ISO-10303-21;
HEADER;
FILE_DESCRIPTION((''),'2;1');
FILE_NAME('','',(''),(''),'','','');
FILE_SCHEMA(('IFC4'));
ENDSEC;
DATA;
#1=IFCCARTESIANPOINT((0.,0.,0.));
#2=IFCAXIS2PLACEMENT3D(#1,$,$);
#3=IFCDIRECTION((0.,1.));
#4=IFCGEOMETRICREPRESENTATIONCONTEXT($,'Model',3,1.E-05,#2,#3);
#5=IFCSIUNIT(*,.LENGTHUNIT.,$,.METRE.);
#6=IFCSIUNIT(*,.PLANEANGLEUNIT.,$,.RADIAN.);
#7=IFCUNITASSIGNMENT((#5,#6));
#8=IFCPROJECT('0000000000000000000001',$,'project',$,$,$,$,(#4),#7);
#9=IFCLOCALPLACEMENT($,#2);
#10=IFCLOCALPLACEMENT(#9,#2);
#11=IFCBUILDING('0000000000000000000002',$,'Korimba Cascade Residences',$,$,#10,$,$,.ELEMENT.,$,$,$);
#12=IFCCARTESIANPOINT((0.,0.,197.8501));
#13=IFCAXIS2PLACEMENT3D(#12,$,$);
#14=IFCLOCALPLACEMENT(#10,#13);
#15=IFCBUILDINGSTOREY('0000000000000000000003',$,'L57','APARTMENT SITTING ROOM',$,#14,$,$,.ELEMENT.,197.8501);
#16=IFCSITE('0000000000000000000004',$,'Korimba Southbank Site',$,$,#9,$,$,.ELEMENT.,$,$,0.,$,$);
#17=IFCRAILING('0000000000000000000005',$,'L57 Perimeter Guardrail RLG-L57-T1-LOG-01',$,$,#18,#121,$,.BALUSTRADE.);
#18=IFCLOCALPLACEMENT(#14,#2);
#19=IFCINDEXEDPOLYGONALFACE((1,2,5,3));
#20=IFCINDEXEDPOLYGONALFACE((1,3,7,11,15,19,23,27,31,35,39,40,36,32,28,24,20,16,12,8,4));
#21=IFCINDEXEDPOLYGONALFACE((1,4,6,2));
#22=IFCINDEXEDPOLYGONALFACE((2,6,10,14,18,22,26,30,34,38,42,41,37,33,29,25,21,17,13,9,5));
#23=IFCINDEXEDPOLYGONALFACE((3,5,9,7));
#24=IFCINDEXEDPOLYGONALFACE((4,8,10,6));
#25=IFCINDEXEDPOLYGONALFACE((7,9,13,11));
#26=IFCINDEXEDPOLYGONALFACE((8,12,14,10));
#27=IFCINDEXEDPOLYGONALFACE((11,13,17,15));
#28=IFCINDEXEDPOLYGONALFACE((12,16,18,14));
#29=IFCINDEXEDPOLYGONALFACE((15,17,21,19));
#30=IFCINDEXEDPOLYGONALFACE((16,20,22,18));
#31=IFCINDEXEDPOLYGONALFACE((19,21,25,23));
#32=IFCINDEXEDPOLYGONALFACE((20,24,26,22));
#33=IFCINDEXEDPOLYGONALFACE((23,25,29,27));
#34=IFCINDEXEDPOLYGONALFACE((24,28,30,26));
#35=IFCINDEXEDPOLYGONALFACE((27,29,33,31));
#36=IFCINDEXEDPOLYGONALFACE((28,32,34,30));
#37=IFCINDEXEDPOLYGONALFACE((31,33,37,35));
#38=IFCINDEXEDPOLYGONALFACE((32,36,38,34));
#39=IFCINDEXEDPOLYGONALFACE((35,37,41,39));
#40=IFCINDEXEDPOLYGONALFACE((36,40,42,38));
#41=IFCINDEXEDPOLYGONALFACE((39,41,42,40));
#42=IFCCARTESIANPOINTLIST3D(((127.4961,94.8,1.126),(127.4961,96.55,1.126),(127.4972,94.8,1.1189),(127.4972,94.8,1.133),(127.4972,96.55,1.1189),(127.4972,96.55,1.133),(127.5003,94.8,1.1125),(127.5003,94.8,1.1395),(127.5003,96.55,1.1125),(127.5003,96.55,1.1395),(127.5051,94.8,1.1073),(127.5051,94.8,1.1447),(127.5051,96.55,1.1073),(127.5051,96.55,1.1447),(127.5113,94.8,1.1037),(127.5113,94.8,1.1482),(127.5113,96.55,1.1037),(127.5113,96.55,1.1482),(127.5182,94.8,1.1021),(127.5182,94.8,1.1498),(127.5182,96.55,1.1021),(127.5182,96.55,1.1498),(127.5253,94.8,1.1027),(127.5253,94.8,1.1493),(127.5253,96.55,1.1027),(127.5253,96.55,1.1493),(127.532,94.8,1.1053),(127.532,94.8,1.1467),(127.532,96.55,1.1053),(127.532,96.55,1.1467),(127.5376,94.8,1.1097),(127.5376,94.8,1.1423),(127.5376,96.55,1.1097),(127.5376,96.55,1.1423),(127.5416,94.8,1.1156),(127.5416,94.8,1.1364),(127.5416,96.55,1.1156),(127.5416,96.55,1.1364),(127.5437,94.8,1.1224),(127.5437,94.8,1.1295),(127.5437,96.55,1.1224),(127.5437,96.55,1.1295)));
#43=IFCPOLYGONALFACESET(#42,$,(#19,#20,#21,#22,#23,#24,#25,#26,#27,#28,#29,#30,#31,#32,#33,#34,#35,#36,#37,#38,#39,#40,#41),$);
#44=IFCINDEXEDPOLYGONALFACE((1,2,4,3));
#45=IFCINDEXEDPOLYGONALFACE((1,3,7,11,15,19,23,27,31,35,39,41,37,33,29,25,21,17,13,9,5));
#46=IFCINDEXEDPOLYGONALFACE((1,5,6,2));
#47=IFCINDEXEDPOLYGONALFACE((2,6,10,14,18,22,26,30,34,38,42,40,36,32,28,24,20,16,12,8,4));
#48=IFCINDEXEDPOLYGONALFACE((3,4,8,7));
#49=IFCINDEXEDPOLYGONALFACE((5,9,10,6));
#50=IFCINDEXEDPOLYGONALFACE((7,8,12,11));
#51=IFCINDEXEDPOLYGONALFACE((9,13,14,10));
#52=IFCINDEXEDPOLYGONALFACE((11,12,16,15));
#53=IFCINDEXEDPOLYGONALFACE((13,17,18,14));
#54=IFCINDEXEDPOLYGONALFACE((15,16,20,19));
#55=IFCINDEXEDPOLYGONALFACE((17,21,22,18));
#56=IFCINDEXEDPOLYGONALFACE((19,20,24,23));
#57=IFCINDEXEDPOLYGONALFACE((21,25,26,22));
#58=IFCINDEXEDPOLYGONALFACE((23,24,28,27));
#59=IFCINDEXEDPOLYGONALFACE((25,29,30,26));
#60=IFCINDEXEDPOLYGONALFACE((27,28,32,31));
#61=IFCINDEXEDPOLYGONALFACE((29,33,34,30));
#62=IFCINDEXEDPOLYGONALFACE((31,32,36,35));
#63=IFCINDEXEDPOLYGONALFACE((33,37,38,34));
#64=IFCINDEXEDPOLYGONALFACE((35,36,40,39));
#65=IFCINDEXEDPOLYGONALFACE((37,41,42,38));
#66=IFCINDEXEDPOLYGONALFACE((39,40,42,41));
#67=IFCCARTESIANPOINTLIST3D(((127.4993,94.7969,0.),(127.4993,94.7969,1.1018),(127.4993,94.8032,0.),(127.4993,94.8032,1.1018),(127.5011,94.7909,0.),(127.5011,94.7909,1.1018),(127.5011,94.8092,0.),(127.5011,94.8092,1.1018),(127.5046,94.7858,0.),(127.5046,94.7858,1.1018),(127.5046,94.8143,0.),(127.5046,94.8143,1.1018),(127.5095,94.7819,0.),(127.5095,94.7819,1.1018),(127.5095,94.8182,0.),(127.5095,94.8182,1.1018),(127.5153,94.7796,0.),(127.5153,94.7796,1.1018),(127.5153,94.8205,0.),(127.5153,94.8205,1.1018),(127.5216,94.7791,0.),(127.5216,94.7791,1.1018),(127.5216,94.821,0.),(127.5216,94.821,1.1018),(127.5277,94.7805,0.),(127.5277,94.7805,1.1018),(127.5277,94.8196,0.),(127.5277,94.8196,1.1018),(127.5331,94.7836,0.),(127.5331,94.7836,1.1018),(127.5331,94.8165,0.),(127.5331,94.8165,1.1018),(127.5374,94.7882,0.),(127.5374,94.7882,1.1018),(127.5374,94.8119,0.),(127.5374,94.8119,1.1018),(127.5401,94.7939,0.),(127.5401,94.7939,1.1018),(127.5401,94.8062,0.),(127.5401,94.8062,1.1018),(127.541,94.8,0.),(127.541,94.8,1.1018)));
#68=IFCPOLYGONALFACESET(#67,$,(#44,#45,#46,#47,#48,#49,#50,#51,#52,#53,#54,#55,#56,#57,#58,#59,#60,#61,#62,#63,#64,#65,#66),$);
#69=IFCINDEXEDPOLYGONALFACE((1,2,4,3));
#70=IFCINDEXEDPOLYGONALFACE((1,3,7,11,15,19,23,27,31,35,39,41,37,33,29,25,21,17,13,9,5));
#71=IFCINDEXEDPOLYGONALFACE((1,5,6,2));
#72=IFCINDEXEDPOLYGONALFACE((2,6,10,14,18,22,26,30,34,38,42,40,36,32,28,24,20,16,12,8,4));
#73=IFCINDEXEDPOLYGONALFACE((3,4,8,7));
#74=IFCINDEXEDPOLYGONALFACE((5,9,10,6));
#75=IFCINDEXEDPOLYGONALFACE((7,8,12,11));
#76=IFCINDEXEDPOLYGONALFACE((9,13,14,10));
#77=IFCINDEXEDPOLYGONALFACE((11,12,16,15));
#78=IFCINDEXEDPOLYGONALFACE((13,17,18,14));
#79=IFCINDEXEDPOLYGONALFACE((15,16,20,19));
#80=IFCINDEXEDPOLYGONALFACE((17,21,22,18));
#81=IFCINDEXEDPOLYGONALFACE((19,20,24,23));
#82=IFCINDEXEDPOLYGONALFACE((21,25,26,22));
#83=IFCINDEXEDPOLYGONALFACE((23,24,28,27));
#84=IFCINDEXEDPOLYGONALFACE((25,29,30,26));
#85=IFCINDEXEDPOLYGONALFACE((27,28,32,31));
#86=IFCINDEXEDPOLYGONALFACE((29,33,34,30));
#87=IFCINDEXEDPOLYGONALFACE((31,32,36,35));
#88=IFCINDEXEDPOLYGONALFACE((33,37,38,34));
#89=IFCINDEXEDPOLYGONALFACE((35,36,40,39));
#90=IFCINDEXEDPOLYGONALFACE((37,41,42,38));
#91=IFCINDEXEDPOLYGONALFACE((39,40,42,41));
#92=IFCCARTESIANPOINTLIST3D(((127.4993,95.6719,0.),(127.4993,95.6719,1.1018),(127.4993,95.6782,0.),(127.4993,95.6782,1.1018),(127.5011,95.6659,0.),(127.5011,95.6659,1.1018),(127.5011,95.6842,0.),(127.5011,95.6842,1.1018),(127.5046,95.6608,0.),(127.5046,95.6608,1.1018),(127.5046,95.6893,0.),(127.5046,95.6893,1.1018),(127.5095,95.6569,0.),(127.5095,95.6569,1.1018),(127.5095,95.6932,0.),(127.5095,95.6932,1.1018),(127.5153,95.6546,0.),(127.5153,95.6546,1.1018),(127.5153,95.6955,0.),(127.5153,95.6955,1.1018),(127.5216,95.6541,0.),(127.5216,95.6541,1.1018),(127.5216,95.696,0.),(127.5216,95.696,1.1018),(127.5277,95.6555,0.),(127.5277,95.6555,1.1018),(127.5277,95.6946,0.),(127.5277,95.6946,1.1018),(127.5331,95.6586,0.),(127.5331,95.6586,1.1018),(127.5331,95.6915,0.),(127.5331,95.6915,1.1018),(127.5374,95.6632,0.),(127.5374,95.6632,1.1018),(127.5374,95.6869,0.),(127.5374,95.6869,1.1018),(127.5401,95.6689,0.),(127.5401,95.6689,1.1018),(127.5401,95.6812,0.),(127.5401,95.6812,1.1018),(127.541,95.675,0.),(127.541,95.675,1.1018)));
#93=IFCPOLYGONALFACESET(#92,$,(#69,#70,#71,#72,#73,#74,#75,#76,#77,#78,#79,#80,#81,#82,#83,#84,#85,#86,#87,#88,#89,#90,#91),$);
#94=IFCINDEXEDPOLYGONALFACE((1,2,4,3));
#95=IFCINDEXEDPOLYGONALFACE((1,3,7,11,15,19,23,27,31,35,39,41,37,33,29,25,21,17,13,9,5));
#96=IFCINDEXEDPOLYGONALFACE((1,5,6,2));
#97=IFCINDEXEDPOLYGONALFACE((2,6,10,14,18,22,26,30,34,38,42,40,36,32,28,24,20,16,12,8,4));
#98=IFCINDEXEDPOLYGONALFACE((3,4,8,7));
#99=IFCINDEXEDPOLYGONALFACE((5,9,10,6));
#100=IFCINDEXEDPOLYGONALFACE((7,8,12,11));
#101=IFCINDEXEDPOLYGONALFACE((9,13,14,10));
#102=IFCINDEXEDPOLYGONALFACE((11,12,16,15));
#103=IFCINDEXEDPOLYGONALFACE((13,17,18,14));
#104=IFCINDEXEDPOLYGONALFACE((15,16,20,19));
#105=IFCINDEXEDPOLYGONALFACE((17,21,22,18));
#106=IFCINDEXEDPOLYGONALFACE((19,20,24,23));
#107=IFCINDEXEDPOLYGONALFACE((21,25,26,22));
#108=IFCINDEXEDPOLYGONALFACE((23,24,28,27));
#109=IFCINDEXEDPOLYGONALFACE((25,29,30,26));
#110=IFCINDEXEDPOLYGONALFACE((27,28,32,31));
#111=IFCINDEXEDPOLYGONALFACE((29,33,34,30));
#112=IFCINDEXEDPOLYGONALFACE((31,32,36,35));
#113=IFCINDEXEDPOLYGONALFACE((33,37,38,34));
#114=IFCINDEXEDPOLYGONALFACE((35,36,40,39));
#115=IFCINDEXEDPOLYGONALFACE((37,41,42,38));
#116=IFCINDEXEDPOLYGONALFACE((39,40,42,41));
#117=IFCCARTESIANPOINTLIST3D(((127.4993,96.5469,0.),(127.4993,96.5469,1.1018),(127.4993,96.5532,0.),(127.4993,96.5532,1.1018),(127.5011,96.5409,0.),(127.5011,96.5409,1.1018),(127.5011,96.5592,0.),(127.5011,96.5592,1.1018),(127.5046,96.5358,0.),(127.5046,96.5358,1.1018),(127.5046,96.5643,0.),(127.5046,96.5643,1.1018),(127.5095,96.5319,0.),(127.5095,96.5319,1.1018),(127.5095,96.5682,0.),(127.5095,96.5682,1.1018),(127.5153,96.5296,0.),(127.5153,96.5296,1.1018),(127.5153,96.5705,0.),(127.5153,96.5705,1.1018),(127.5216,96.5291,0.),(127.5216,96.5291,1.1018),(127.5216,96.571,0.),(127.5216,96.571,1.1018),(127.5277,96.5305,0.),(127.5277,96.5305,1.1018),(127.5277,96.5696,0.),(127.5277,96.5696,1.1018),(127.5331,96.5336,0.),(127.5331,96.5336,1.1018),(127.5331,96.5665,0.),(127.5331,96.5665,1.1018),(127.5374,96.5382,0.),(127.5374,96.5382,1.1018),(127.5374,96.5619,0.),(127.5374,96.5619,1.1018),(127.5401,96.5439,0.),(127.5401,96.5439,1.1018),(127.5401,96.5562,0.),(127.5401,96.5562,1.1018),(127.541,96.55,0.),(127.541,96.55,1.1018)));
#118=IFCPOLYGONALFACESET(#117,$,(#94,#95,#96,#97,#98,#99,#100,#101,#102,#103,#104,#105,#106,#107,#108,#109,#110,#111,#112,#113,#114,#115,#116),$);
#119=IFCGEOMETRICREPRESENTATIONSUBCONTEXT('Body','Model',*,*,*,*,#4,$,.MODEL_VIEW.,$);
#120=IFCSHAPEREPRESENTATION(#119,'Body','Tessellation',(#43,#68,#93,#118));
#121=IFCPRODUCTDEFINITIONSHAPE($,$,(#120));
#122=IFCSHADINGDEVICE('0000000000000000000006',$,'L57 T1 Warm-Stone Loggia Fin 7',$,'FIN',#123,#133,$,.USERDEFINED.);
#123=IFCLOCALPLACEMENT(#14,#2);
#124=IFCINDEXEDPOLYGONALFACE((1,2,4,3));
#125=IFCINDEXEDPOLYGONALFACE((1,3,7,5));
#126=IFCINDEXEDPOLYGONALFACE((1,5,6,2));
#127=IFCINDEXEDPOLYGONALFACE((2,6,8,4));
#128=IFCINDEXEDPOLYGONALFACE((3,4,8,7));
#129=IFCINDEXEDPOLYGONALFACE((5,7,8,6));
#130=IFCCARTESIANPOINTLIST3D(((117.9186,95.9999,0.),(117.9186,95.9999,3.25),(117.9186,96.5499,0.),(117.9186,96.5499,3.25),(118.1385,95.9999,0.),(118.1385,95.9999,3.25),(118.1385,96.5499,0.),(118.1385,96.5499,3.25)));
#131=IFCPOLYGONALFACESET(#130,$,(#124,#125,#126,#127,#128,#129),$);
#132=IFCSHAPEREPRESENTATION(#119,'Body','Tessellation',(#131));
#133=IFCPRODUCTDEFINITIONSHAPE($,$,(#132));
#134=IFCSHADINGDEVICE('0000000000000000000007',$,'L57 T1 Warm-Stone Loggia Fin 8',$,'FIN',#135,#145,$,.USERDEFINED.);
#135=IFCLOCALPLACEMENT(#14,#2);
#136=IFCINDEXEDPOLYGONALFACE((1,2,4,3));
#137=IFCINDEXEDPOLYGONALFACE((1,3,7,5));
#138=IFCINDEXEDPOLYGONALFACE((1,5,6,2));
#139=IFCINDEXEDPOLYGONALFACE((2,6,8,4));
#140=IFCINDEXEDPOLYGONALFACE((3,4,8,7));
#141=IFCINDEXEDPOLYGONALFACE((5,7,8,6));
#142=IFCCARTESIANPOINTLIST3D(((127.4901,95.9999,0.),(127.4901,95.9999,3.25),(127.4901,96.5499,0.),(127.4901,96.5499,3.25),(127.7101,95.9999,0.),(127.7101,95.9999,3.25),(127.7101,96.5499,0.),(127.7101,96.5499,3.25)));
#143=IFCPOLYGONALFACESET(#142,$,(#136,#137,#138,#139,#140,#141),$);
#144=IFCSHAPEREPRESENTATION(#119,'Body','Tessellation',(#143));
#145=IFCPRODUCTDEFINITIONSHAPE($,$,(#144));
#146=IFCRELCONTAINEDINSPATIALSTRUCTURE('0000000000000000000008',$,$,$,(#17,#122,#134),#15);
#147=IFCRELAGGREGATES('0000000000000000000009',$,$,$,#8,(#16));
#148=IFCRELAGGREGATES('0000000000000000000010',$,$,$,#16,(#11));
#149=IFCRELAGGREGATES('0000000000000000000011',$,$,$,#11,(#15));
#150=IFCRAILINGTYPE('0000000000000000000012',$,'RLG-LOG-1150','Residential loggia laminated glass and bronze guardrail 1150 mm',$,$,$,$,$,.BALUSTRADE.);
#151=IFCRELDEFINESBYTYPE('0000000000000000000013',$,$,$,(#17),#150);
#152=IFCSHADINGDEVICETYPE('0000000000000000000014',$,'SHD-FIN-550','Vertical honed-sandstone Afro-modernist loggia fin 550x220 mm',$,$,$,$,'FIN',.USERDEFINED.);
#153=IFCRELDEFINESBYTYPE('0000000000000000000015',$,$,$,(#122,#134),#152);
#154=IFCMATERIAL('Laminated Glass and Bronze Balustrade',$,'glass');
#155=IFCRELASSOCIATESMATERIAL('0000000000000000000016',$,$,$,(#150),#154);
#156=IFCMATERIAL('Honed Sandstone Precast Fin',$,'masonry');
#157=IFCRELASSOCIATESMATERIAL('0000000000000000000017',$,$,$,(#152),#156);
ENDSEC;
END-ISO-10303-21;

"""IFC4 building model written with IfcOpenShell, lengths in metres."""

from ifc_helpers import new_model, si_unit, direction, frame, origin, origin_2d, place, context, subcontext, project, spatial, rectangle, circle, extrude, material, type_object, element, save


model = new_model("IFC4")

# Units and contexts
model_context = context("Model", 3, precision=1e-05, world=origin(), true_north=direction((0.0, 1.0)))
body_context = subcontext(model_context, "Body", "Model", "MODEL_VIEW")
ifc_project = project(units=[si_unit("LENGTHUNIT", "METRE"), si_unit("PLANEANGLEUNIT", "RADIAN")], contexts=[model_context])

# Site, building, storey
site_placement = place(None, origin())
site = spatial("IfcSite", under=ifc_project, at=site_placement, Name="Korimba Southbank Site", CompositionType="ELEMENT", RefElevation=0.0)
building_placement = place(site_placement, origin())
building = spatial("IfcBuilding", under=site, at=building_placement, Name="Korimba Cascade Residences", CompositionType="ELEMENT")
storey_placement = place(building_placement, frame((0.0, 0.0, 197.8501)))
storey = spatial("IfcBuildingStorey", under=building, at=storey_placement, Name="L57", Description="APARTMENT SITTING ROOM", CompositionType="ELEMENT", Elevation=197.8501)

# Railing
ifc_material_1 = material(Name="Laminated Glass and Bronze Balustrade", Category="glass")
railing_type = type_object("IfcRailingType", Name="RLG-LOG-1150", Description="Residential loggia laminated glass and bronze guardrail 1150 mm", PredefinedType="BALUSTRADE", material=ifc_material_1)
railing_placement = place(storey_placement, frame((127.52, 94.8, 0.0)))
element("IfcRailing", 1, at=railing_placement, inside=storey, type_object=railing_type, Name="L57 Perimeter Guardrail RLG-L57-T1-LOG-01", PredefinedType="BALUSTRADE", context=body_context, shape_type="SweptSolid", body=[
    extrude(circle(Radius=0.0239, at=origin_2d()), frame((0.0, 0.0, 1.126), z_axis=(0.0, 1.0, 0.0), x_axis=(-1.0, 0.0, 0.0)), (0.0, 0.0, 1.0), 1.75),
    extrude(circle(Radius=0.021, at=origin_2d()), origin(), (0.0, 0.0, 1.0), 1.1018),
    extrude(circle(Radius=0.021, at=origin_2d()), frame((0.0, 0.875, 0.0)), (0.0, 0.0, 1.0), 1.1018),
    extrude(circle(Radius=0.021, at=origin_2d()), frame((0.0, 1.75, 0.0)), (0.0, 0.0, 1.0), 1.1018),
])

# Shading devices
ifc_material_2 = material(Name="Honed Sandstone Precast Fin", Category="masonry")
shading_device_type = type_object("IfcShadingDeviceType", Name="SHD-FIN-550", Description="Vertical honed-sandstone Afro-modernist loggia fin 550x220 mm", ElementType="FIN", PredefinedType="USERDEFINED", material=ifc_material_2)
for number, where, z_axis, x_axis, name in (
    (2, (118.0286, 96.2749, 0.0), (0.0, 0.0, 1.0), (1.0, 0.0, 0.0), "L57 T1 Warm-Stone Loggia Fin 7"),
    (3, (127.6001, 96.2749, 0.0), (0.0, 0.0, 1.0), (1.0, 0.0, 0.0), "L57 T1 Warm-Stone Loggia Fin 8"),
):
    element("IfcShadingDevice", number, at=place(storey_placement, frame(where, z_axis=z_axis, x_axis=x_axis)), inside=storey, type_object=shading_device_type, Name=name, ObjectType="FIN", PredefinedType="USERDEFINED", context=body_context, shape_type="SweptSolid", body=[
        extrude(rectangle(XDim=0.22, YDim=0.55, at=origin_2d()), origin(), (0.0, 0.0, 1.0), 3.25),
    ])

save(model, "model.ifc")
